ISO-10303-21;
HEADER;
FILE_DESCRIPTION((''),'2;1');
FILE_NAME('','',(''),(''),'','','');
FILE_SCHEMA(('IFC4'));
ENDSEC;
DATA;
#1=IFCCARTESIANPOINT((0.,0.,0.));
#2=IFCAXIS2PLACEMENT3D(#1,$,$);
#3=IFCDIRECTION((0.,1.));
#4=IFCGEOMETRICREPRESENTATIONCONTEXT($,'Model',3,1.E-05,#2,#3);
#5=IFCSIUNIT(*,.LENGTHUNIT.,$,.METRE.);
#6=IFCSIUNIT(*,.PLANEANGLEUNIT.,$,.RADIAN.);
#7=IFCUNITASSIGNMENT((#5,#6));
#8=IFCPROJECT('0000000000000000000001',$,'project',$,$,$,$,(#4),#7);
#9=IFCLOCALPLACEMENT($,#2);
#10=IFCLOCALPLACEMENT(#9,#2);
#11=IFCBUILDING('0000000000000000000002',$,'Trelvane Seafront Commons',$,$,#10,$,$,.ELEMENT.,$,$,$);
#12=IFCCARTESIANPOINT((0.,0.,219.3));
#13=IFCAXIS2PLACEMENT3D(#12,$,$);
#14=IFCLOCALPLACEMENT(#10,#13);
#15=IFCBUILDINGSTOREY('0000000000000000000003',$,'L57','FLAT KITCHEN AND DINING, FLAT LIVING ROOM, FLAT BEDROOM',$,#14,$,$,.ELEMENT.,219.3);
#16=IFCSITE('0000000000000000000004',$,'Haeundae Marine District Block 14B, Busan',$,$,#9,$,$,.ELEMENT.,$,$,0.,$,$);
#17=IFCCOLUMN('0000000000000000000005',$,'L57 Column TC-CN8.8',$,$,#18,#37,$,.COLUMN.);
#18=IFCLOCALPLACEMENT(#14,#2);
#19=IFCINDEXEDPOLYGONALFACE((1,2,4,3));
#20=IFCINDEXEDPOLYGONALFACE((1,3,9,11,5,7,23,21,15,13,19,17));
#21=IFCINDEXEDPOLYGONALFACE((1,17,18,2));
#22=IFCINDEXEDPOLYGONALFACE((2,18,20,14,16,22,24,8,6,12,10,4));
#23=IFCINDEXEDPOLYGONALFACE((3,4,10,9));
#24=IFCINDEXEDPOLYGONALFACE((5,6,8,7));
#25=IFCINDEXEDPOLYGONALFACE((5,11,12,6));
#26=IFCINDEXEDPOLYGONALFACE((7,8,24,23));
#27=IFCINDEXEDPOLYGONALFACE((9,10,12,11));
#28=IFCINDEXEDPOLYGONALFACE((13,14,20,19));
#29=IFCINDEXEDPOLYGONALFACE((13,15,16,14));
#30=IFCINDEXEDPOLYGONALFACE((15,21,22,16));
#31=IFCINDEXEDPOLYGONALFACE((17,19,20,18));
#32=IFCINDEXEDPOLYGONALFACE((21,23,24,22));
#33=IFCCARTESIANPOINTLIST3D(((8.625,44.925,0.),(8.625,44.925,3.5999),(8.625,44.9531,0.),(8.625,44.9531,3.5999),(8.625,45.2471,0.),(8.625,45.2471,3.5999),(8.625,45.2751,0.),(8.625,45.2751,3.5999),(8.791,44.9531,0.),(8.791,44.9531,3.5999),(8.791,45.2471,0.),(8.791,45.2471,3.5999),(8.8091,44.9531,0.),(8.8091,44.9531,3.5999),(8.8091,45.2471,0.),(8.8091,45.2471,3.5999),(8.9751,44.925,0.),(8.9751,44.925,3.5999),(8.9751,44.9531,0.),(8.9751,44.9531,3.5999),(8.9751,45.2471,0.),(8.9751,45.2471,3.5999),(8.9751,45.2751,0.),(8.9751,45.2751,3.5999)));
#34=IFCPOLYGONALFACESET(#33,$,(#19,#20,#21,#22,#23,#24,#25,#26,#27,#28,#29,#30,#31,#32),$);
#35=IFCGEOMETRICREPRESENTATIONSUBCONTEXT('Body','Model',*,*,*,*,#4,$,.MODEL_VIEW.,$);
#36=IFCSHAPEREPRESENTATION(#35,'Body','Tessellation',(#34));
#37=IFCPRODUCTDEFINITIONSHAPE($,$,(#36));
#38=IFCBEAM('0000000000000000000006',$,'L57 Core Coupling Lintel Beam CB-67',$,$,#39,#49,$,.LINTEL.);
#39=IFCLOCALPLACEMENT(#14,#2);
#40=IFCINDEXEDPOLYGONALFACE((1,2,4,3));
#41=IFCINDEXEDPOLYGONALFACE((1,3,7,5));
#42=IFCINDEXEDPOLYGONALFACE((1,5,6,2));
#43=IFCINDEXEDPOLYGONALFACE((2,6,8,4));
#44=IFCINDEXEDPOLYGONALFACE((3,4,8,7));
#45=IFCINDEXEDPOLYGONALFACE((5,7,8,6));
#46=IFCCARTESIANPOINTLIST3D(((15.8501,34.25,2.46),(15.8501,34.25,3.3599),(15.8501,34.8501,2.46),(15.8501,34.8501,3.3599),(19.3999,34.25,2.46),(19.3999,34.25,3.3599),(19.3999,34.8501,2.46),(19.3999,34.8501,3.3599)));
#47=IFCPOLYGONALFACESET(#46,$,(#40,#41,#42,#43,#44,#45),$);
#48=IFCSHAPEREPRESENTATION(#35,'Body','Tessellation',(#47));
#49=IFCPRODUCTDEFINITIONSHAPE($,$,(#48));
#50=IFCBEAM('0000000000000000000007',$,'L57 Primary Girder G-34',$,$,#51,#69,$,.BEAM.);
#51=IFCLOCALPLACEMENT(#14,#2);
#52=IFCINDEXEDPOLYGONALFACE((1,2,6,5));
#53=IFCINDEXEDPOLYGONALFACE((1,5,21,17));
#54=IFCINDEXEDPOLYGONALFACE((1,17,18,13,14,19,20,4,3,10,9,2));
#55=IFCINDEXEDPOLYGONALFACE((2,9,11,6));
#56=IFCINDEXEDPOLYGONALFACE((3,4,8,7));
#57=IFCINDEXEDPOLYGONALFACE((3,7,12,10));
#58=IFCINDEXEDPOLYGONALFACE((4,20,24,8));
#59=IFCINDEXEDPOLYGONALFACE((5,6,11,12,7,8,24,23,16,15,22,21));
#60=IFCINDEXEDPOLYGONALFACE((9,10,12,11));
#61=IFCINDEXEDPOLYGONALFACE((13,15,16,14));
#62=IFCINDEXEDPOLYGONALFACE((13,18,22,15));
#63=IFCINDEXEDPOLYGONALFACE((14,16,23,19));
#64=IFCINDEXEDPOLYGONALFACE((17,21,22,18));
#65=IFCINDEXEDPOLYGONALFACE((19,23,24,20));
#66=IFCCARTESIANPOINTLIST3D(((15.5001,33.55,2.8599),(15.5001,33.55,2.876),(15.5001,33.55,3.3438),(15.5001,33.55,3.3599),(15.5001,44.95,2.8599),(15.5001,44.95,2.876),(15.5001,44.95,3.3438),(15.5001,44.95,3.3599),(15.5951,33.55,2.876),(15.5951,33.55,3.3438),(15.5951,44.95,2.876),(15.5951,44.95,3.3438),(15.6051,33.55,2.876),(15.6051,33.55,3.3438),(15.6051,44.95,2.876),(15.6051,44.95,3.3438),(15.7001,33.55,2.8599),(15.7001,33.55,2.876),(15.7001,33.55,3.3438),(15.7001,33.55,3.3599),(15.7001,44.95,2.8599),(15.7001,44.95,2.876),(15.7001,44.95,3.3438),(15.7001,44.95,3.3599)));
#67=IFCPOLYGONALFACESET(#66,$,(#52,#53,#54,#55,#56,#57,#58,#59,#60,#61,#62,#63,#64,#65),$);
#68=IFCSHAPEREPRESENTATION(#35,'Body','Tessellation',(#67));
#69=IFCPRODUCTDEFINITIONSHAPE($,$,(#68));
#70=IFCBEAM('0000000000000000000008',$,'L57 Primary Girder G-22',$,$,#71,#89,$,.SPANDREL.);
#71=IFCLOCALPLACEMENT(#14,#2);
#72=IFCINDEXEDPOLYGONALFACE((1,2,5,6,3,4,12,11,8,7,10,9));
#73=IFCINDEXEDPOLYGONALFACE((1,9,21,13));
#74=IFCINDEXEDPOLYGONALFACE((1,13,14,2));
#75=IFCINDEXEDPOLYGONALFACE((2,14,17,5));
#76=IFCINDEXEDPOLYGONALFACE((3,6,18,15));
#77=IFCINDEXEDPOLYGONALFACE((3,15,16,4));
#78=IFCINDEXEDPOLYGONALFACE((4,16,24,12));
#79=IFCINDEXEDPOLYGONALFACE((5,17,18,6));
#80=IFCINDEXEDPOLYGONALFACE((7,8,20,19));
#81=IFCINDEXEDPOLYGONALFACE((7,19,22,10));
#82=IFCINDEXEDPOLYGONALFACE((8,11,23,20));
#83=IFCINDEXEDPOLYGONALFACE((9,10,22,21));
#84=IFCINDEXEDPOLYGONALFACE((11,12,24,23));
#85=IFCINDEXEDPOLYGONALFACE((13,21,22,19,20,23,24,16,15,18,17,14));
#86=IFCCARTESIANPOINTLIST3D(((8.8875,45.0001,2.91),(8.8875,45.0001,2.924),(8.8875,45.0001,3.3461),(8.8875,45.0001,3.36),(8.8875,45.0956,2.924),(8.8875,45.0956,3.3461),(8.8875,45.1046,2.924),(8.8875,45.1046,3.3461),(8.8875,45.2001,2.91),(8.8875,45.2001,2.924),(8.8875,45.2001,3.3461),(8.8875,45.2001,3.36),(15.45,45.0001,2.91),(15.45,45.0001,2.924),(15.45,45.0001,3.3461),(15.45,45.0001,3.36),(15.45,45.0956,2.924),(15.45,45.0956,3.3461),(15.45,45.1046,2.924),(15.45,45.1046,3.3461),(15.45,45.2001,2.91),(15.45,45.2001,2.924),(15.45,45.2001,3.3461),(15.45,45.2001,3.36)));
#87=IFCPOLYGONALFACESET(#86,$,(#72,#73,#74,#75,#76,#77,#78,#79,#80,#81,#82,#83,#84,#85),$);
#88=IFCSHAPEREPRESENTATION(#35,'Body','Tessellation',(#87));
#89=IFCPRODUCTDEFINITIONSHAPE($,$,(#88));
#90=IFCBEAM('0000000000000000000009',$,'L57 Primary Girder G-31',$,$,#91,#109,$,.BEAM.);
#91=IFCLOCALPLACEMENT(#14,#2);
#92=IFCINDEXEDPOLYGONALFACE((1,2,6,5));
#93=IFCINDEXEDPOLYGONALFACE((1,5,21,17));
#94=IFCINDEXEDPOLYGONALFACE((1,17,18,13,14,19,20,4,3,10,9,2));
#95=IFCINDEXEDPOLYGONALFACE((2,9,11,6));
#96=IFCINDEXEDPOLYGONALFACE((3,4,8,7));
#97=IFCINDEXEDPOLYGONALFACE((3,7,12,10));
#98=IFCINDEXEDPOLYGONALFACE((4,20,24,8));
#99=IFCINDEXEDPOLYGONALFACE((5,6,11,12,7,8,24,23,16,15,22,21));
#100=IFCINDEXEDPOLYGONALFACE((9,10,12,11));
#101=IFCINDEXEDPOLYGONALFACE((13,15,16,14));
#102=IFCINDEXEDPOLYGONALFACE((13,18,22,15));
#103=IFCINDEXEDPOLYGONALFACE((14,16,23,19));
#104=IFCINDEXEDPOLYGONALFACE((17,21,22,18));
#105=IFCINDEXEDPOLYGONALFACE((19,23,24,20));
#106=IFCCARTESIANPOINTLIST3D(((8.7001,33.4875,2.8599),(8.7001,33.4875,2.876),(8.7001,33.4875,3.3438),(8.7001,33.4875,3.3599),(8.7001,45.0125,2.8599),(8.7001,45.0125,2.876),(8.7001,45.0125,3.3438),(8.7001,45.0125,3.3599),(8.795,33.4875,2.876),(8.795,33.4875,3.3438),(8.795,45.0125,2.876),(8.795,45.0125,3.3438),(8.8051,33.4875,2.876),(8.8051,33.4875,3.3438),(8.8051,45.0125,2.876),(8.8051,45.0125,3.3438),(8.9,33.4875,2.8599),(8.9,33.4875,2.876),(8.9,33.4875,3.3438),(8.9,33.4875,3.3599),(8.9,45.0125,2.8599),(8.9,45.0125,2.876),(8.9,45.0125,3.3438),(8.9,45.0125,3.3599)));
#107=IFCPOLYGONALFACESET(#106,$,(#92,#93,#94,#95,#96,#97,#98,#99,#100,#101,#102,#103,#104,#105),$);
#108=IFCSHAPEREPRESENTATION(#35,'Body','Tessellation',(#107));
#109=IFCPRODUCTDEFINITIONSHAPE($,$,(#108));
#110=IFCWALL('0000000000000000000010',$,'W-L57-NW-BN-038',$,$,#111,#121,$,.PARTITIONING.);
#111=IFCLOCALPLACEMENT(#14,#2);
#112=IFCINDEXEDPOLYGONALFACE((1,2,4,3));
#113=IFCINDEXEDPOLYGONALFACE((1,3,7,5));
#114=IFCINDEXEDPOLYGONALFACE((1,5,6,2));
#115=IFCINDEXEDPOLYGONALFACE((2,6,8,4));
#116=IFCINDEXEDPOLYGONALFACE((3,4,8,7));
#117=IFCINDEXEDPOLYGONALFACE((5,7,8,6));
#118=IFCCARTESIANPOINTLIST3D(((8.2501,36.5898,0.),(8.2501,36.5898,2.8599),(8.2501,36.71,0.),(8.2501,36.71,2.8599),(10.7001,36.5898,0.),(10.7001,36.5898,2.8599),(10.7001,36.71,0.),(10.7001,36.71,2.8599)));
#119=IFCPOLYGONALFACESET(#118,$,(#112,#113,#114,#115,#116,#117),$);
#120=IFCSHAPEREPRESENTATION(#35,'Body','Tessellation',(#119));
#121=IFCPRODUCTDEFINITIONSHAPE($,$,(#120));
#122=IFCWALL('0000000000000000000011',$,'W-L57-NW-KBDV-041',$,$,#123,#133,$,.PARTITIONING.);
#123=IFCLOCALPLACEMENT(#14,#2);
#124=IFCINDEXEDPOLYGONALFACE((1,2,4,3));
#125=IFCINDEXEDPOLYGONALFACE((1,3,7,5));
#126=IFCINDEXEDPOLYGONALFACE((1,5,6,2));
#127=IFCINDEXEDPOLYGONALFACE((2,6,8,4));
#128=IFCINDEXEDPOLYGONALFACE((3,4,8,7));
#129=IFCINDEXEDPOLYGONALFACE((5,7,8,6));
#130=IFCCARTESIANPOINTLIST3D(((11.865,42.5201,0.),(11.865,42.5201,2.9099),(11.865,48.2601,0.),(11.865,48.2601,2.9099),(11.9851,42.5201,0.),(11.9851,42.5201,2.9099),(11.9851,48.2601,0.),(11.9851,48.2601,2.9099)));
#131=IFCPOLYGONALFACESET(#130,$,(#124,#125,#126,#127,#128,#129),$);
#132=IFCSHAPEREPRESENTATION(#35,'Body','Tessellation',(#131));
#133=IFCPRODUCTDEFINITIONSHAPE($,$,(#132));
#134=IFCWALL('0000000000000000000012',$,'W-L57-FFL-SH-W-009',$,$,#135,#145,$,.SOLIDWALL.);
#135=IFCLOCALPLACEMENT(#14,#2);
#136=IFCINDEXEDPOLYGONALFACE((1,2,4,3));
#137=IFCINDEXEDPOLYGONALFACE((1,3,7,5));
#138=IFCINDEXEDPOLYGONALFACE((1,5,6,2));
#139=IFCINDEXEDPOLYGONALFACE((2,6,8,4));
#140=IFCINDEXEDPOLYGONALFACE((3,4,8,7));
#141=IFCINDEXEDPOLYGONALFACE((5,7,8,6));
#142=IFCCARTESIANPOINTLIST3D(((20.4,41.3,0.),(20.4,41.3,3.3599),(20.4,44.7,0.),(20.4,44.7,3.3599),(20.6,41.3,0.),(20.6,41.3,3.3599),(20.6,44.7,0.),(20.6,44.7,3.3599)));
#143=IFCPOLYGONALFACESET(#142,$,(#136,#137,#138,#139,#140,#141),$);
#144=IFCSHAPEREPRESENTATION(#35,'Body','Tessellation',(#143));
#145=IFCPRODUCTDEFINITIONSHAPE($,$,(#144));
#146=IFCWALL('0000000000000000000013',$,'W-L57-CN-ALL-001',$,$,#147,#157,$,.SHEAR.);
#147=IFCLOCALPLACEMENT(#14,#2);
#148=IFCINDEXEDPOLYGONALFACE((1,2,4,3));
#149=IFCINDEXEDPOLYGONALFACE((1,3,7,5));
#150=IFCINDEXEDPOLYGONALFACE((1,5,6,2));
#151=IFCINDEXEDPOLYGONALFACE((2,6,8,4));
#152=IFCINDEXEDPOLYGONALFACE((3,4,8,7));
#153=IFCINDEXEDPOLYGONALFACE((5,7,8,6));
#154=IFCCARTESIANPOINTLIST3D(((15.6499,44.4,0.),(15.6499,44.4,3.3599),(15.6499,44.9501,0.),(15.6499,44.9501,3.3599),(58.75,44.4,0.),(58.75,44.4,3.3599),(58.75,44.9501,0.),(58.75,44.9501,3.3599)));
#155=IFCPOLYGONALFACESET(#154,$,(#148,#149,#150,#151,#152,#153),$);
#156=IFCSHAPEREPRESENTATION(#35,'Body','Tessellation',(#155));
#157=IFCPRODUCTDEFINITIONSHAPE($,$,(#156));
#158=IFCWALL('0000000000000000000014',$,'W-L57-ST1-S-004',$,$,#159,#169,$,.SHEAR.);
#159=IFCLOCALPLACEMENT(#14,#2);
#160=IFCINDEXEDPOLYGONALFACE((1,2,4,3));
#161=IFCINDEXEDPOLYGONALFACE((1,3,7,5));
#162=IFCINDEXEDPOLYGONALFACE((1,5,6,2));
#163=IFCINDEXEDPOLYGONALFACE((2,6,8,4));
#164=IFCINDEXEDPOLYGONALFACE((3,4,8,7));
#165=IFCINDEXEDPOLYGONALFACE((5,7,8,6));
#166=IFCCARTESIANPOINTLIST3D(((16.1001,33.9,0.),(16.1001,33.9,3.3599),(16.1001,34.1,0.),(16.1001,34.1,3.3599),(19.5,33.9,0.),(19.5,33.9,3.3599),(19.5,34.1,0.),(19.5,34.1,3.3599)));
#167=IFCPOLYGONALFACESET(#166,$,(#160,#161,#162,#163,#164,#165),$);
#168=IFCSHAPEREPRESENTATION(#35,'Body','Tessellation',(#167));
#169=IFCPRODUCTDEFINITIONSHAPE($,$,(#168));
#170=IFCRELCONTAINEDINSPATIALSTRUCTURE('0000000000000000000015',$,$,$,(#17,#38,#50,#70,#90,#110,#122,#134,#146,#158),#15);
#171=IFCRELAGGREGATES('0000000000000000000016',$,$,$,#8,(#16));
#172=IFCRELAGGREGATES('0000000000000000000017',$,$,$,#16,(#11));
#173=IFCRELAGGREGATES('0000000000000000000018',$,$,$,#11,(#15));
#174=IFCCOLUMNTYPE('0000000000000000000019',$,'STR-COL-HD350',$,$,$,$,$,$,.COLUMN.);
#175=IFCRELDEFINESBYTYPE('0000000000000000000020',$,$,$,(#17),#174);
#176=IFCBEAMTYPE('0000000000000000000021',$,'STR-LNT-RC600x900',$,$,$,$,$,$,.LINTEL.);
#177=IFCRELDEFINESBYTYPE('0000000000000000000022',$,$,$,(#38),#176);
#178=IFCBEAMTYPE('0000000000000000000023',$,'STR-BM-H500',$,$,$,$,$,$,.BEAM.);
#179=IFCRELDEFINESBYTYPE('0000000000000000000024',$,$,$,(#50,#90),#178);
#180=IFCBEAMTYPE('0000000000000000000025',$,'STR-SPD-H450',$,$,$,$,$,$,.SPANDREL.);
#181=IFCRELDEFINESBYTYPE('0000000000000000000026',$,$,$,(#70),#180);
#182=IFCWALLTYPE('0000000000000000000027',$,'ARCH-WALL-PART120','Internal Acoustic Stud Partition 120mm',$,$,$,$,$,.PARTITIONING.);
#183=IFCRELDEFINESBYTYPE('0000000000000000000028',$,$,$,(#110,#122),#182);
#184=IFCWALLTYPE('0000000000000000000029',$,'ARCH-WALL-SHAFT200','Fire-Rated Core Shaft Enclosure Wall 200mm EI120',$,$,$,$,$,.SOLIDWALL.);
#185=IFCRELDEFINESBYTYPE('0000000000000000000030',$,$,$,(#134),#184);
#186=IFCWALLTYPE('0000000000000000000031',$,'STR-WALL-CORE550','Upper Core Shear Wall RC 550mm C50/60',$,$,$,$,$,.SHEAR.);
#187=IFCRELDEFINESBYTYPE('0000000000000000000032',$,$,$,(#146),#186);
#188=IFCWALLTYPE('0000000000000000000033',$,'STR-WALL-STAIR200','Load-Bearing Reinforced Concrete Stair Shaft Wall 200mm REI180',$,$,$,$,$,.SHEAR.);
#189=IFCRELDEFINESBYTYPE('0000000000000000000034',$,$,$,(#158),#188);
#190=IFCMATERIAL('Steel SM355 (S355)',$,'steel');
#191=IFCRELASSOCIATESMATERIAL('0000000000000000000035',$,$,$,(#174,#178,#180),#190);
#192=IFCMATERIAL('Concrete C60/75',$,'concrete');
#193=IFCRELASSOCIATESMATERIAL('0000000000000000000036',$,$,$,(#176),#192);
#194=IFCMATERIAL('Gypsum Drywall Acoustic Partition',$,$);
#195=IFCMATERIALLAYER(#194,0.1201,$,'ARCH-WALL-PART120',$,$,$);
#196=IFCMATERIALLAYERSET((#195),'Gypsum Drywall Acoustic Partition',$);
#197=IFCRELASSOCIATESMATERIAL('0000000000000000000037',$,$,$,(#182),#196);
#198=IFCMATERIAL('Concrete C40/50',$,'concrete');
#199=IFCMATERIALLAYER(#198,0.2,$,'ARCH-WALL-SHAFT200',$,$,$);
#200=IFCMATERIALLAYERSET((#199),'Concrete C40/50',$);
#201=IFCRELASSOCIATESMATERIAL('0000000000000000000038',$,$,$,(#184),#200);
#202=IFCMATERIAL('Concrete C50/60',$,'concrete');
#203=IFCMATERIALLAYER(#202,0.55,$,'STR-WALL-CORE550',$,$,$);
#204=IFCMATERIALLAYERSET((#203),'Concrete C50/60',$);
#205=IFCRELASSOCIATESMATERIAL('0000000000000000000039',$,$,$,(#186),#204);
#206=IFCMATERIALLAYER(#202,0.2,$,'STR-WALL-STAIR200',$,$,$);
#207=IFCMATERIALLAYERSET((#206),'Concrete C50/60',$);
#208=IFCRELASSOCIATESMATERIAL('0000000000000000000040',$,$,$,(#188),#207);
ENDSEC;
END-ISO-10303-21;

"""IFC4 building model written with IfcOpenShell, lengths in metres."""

from ifc_helpers import new_model, si_unit, direction, frame, frame_2d, origin, origin_2d, place, context, subcontext, project, spatial, rectangle, i_section, extrude, source, transform, mapped, material, layer, layer_set, material_profile, profile_set, type_object, element, save


model = new_model("IFC4")

# Units and contexts
model_context = context("Model", 3, precision=1e-05, world=origin(), true_north=direction((0.0, 1.0)))
body_context = subcontext(model_context, "Body", "Model", "MODEL_VIEW")
ifc_project = project(units=[si_unit("LENGTHUNIT", "METRE"), si_unit("PLANEANGLEUNIT", "RADIAN")], contexts=[model_context])

# Site, building, storey
site_placement = place(None, origin())
site = spatial("IfcSite", under=ifc_project, at=site_placement, Name="Haeundae Marine District Block 14B, Busan", CompositionType="ELEMENT", RefElevation=0.0)
building_placement = place(site_placement, origin())
building = spatial("IfcBuilding", under=site, at=building_placement, Name="Trelvane Seafront Commons", CompositionType="ELEMENT")
storey_placement = place(building_placement, frame((0.0, 0.0, 219.3)))
storey = spatial("IfcBuildingStorey", under=building, at=storey_placement, Name="L57", Description="FLAT KITCHEN AND DINING, FLAT LIVING ROOM, FLAT BEDROOM", CompositionType="ELEMENT", Elevation=219.3)

# Column
ifc_material_1 = material(Name="Steel SM355 (S355)", Category="steel")
ifc_material_profile_1 = material_profile(ifc_material_1, i_section(OverallWidth=0.3501, OverallDepth=0.3501, WebThickness=0.0181, FlangeThickness=0.0281, at=origin_2d()), Name="HD-350x350x18x28")
ifc_profile_set_1 = profile_set([ifc_material_profile_1], Name="Steel SM355 (S355)")
column_type = type_object("IfcColumnType", Name="STR-COL-HD350", PredefinedType="COLUMN", material=ifc_profile_set_1)
shared_shape_1 = source(origin(), body_context, "Body", "SweptSolid", [
    extrude(i_section(OverallWidth=0.3501, OverallDepth=0.3501, WebThickness=0.0181, FlangeThickness=0.0281, at=origin_2d()), origin(), (0.0, 0.0, 1.0), 3.5999),
])
column_placement = place(storey_placement, frame((8.8, 45.1001, 0.0), z_axis=(0.0, 0.0, 1.0), x_axis=(1.0, 0.0, 0.0)))
element("IfcColumn", 1, at=column_placement, inside=storey, type_object=column_type, Name="L57 Column TC-CN8.8", PredefinedType="COLUMN", context=body_context, shape_type="MappedRepresentation", body=[
    mapped(shared_shape_1, transform((0.0, 0.0, 0.0), x_axis=(1.0, 0.0, 0.0), y_axis=(0.0, 1.0, 0.0), z_axis=(0.0, 0.0, 1.0), scale=1.0)),
])

# Beams
ifc_material_2 = material(Name="Concrete C60/75", Category="concrete")
ifc_material_profile_2 = material_profile(ifc_material_2, rectangle(XDim=0.6001, YDim=0.8999, at=origin_2d()), Name="RC-600x900")
ifc_profile_set_2 = profile_set([ifc_material_profile_2], Name="Concrete C60/75")
beam_type_1 = type_object("IfcBeamType", Name="STR-LNT-RC600x900", PredefinedType="LINTEL", material=ifc_profile_set_2)
shared_shape_2 = source(origin(), body_context, "Body", "SweptSolid", [
    extrude(rectangle(XDim=0.6001, YDim=0.8999, at=origin_2d()), origin(), (0.0, 0.0, 1.0), 3.5498),
])
beam_1_placement = place(storey_placement, frame((15.8501, 34.55, 2.9099), z_axis=(1.0, 0.0, 0.0), x_axis=(0.0, 1.0, 0.0)))
element("IfcBeam", 2, at=beam_1_placement, inside=storey, type_object=beam_type_1, Name="L57 Core Coupling Lintel Beam CB-67", PredefinedType="LINTEL", context=body_context, shape_type="MappedRepresentation", body=[
    mapped(shared_shape_2, transform((0.0, 0.0, 0.0), x_axis=(1.0, 0.0, 0.0), y_axis=(0.0, 1.0, 0.0), z_axis=(0.0, 0.0, 1.0), scale=1.0)),
])
ifc_material_profile_3 = material_profile(ifc_material_1, i_section(OverallWidth=0.2, OverallDepth=0.5, WebThickness=0.01, FlangeThickness=0.0161, at=origin_2d()), Name="H-500x200x10x16")
ifc_profile_set_3 = profile_set([ifc_material_profile_3], Name="Steel SM355 (S355)")
beam_type_2 = type_object("IfcBeamType", Name="STR-BM-H500", PredefinedType="BEAM", material=ifc_profile_set_3)
shared_shape_3 = source(origin(), body_context, "Body", "SweptSolid", [
    extrude(i_section(OverallWidth=0.2, OverallDepth=0.5, WebThickness=0.01, FlangeThickness=0.0161, at=origin_2d()), origin(), (0.0, 0.0, 1.0), 11.3999),
])
beam_2_placement = place(storey_placement, frame((15.6001, 33.55, 3.1099), z_axis=(0.0, 1.0, 0.0), x_axis=(-1.0, 0.0, 0.0)))
element("IfcBeam", 3, at=beam_2_placement, inside=storey, type_object=beam_type_2, Name="L57 Primary Girder G-34", PredefinedType="BEAM", context=body_context, shape_type="MappedRepresentation", body=[
    mapped(shared_shape_3, transform((0.0, 0.0, 0.0), x_axis=(1.0, 0.0, 0.0), y_axis=(0.0, 1.0, 0.0), z_axis=(0.0, 0.0, 1.0), scale=1.0)),
])
ifc_material_profile_4 = material_profile(ifc_material_1, i_section(OverallWidth=0.2, OverallDepth=0.45, WebThickness=0.009, FlangeThickness=0.0139, at=origin_2d()), Name="H-450x200x9x14")
ifc_profile_set_4 = profile_set([ifc_material_profile_4], Name="Steel SM355 (S355)")
beam_type_3 = type_object("IfcBeamType", Name="STR-SPD-H450", PredefinedType="SPANDREL", material=ifc_profile_set_4)
shared_shape_4 = source(origin(), body_context, "Body", "SweptSolid", [
    extrude(i_section(OverallWidth=0.2, OverallDepth=0.45, WebThickness=0.009, FlangeThickness=0.0139, at=origin_2d()), origin(), (0.0, 0.0, 1.0), 6.5625),
])
beam_3_placement = place(storey_placement, frame((8.8875, 45.1001, 3.135), z_axis=(1.0, 0.0, 0.0), x_axis=(0.0, 1.0, 0.0)))
element("IfcBeam", 4, at=beam_3_placement, inside=storey, type_object=beam_type_3, Name="L57 Primary Girder G-22", PredefinedType="SPANDREL", context=body_context, shape_type="MappedRepresentation", body=[
    mapped(shared_shape_4, transform((0.0, 0.0, 0.0), x_axis=(1.0, 0.0, 0.0), y_axis=(0.0, 1.0, 0.0), z_axis=(0.0, 0.0, 1.0), scale=1.0)),
])
shared_shape_5 = source(origin(), body_context, "Body", "SweptSolid", [
    extrude(i_section(OverallWidth=0.2, OverallDepth=0.5, WebThickness=0.01, FlangeThickness=0.0161, at=origin_2d()), origin(), (0.0, 0.0, 1.0), 11.5249),
])
beam_4_placement = place(storey_placement, frame((8.8, 33.4875, 3.1099), z_axis=(0.0, 1.0, 0.0), x_axis=(-1.0, 0.0, 0.0)))
element("IfcBeam", 5, at=beam_4_placement, inside=storey, type_object=beam_type_2, Name="L57 Primary Girder G-31", PredefinedType="BEAM", context=body_context, shape_type="MappedRepresentation", body=[
    mapped(shared_shape_5, transform((0.0, 0.0, 0.0), x_axis=(1.0, 0.0, 0.0), y_axis=(0.0, 1.0, 0.0), z_axis=(0.0, 0.0, 1.0), scale=1.0)),
])

# Wall
ifc_material_3 = material(Name="Gypsum Drywall Acoustic Partition")
ifc_layer_1 = layer(ifc_material_3, 0.1201, Name="ARCH-WALL-PART120")
ifc_layer_set_1 = layer_set([ifc_layer_1], Name="Gypsum Drywall Acoustic Partition")
wall_type_1 = type_object("IfcWallType", Name="ARCH-WALL-PART120", Description="Internal Acoustic Stud Partition 120mm", PredefinedType="PARTITIONING", material=ifc_layer_set_1)
wall_1_placement = place(storey_placement, frame((8.25, 36.6499, 0.0), z_axis=(0.0, 0.0, 1.0), x_axis=(1.0, 0.0, 0.0)))
element("IfcWall", 6, at=wall_1_placement, inside=storey, type_object=wall_type_1, Name="W-L57-NW-BN-038", PredefinedType="PARTITIONING", context=body_context, shape_type="SweptSolid", body=[
    extrude(rectangle(XDim=2.45, YDim=0.1201, at=frame_2d((1.2251, 0.0))), origin(), (0.0, 0.0, 1.0), 2.8599),
])

# Wall
wall_2_placement = place(storey_placement, frame((11.925, 42.52, 0.0), z_axis=(0.0, 0.0, 1.0), x_axis=(0.0, 1.0, 0.0)))
element("IfcWall", 7, at=wall_2_placement, inside=storey, type_object=wall_type_1, Name="W-L57-NW-KBDV-041", PredefinedType="PARTITIONING", context=body_context, shape_type="SweptSolid", body=[
    extrude(rectangle(XDim=5.74, YDim=0.1201, at=frame_2d((2.8701, 0.0))), origin(), (0.0, 0.0, 1.0), 2.9099),
])

# Shared definitions
ifc_material_4 = material(Name="Concrete C40/50", Category="concrete")
ifc_layer_2 = layer(ifc_material_4, 0.2, Name="ARCH-WALL-SHAFT200")
ifc_layer_set_2 = layer_set([ifc_layer_2], Name="Concrete C40/50")
wall_type_2 = type_object("IfcWallType", Name="ARCH-WALL-SHAFT200", Description="Fire-Rated Core Shaft Enclosure Wall 200mm EI120", PredefinedType="SOLIDWALL", material=ifc_layer_set_2)

# Walls
wall_3_placement = place(storey_placement, frame((20.5, 41.3, 0.0), z_axis=(0.0, 0.0, 1.0), x_axis=(0.0, 1.0, 0.0)))
element("IfcWall", 8, at=wall_3_placement, inside=storey, type_object=wall_type_2, Name="W-L57-FFL-SH-W-009", PredefinedType="SOLIDWALL", context=body_context, shape_type="SweptSolid", body=[
    extrude(rectangle(XDim=3.3999, YDim=0.2, at=frame_2d((1.7, 0.0))), origin(), (0.0, 0.0, 1.0), 3.3599),
])
ifc_material_5 = material(Name="Concrete C50/60", Category="concrete")
ifc_layer_3 = layer(ifc_material_5, 0.55, Name="STR-WALL-CORE550")
ifc_layer_set_3 = layer_set([ifc_layer_3], Name="Concrete C50/60")
wall_type_3 = type_object("IfcWallType", Name="STR-WALL-CORE550", Description="Upper Core Shear Wall RC 550mm C50/60", PredefinedType="SHEAR", material=ifc_layer_set_3)
wall_4_placement = place(storey_placement, frame((15.6499, 44.675, 0.0), z_axis=(0.0, 0.0, 1.0), x_axis=(1.0, 0.0, 0.0)))
element("IfcWall", 9, at=wall_4_placement, inside=storey, type_object=wall_type_3, Name="W-L57-CN-ALL-001", PredefinedType="SHEAR", context=body_context, shape_type="SweptSolid", body=[
    extrude(rectangle(XDim=43.1001, YDim=0.55, at=frame_2d((21.55, 0.0))), origin(), (0.0, 0.0, 1.0), 3.3599),
])
ifc_layer_4 = layer(ifc_material_5, 0.2, Name="STR-WALL-STAIR200")
ifc_layer_set_4 = layer_set([ifc_layer_4], Name="Concrete C50/60")
wall_type_4 = type_object("IfcWallType", Name="STR-WALL-STAIR200", Description="Load-Bearing Reinforced Concrete Stair Shaft Wall 200mm REI180", PredefinedType="SHEAR", material=ifc_layer_set_4)
wall_5_placement = place(storey_placement, frame((16.1001, 34.0, 0.0), z_axis=(0.0, 0.0, 1.0), x_axis=(1.0, 0.0, 0.0)))
element("IfcWall", 10, at=wall_5_placement, inside=storey, type_object=wall_type_4, Name="W-L57-ST1-S-004", PredefinedType="SHEAR", context=body_context, shape_type="SweptSolid", body=[
    extrude(rectangle(XDim=3.3999, YDim=0.2, at=frame_2d((1.7, 0.0))), origin(), (0.0, 0.0, 1.0), 3.3599),
])

save(model, "model.ifc")
